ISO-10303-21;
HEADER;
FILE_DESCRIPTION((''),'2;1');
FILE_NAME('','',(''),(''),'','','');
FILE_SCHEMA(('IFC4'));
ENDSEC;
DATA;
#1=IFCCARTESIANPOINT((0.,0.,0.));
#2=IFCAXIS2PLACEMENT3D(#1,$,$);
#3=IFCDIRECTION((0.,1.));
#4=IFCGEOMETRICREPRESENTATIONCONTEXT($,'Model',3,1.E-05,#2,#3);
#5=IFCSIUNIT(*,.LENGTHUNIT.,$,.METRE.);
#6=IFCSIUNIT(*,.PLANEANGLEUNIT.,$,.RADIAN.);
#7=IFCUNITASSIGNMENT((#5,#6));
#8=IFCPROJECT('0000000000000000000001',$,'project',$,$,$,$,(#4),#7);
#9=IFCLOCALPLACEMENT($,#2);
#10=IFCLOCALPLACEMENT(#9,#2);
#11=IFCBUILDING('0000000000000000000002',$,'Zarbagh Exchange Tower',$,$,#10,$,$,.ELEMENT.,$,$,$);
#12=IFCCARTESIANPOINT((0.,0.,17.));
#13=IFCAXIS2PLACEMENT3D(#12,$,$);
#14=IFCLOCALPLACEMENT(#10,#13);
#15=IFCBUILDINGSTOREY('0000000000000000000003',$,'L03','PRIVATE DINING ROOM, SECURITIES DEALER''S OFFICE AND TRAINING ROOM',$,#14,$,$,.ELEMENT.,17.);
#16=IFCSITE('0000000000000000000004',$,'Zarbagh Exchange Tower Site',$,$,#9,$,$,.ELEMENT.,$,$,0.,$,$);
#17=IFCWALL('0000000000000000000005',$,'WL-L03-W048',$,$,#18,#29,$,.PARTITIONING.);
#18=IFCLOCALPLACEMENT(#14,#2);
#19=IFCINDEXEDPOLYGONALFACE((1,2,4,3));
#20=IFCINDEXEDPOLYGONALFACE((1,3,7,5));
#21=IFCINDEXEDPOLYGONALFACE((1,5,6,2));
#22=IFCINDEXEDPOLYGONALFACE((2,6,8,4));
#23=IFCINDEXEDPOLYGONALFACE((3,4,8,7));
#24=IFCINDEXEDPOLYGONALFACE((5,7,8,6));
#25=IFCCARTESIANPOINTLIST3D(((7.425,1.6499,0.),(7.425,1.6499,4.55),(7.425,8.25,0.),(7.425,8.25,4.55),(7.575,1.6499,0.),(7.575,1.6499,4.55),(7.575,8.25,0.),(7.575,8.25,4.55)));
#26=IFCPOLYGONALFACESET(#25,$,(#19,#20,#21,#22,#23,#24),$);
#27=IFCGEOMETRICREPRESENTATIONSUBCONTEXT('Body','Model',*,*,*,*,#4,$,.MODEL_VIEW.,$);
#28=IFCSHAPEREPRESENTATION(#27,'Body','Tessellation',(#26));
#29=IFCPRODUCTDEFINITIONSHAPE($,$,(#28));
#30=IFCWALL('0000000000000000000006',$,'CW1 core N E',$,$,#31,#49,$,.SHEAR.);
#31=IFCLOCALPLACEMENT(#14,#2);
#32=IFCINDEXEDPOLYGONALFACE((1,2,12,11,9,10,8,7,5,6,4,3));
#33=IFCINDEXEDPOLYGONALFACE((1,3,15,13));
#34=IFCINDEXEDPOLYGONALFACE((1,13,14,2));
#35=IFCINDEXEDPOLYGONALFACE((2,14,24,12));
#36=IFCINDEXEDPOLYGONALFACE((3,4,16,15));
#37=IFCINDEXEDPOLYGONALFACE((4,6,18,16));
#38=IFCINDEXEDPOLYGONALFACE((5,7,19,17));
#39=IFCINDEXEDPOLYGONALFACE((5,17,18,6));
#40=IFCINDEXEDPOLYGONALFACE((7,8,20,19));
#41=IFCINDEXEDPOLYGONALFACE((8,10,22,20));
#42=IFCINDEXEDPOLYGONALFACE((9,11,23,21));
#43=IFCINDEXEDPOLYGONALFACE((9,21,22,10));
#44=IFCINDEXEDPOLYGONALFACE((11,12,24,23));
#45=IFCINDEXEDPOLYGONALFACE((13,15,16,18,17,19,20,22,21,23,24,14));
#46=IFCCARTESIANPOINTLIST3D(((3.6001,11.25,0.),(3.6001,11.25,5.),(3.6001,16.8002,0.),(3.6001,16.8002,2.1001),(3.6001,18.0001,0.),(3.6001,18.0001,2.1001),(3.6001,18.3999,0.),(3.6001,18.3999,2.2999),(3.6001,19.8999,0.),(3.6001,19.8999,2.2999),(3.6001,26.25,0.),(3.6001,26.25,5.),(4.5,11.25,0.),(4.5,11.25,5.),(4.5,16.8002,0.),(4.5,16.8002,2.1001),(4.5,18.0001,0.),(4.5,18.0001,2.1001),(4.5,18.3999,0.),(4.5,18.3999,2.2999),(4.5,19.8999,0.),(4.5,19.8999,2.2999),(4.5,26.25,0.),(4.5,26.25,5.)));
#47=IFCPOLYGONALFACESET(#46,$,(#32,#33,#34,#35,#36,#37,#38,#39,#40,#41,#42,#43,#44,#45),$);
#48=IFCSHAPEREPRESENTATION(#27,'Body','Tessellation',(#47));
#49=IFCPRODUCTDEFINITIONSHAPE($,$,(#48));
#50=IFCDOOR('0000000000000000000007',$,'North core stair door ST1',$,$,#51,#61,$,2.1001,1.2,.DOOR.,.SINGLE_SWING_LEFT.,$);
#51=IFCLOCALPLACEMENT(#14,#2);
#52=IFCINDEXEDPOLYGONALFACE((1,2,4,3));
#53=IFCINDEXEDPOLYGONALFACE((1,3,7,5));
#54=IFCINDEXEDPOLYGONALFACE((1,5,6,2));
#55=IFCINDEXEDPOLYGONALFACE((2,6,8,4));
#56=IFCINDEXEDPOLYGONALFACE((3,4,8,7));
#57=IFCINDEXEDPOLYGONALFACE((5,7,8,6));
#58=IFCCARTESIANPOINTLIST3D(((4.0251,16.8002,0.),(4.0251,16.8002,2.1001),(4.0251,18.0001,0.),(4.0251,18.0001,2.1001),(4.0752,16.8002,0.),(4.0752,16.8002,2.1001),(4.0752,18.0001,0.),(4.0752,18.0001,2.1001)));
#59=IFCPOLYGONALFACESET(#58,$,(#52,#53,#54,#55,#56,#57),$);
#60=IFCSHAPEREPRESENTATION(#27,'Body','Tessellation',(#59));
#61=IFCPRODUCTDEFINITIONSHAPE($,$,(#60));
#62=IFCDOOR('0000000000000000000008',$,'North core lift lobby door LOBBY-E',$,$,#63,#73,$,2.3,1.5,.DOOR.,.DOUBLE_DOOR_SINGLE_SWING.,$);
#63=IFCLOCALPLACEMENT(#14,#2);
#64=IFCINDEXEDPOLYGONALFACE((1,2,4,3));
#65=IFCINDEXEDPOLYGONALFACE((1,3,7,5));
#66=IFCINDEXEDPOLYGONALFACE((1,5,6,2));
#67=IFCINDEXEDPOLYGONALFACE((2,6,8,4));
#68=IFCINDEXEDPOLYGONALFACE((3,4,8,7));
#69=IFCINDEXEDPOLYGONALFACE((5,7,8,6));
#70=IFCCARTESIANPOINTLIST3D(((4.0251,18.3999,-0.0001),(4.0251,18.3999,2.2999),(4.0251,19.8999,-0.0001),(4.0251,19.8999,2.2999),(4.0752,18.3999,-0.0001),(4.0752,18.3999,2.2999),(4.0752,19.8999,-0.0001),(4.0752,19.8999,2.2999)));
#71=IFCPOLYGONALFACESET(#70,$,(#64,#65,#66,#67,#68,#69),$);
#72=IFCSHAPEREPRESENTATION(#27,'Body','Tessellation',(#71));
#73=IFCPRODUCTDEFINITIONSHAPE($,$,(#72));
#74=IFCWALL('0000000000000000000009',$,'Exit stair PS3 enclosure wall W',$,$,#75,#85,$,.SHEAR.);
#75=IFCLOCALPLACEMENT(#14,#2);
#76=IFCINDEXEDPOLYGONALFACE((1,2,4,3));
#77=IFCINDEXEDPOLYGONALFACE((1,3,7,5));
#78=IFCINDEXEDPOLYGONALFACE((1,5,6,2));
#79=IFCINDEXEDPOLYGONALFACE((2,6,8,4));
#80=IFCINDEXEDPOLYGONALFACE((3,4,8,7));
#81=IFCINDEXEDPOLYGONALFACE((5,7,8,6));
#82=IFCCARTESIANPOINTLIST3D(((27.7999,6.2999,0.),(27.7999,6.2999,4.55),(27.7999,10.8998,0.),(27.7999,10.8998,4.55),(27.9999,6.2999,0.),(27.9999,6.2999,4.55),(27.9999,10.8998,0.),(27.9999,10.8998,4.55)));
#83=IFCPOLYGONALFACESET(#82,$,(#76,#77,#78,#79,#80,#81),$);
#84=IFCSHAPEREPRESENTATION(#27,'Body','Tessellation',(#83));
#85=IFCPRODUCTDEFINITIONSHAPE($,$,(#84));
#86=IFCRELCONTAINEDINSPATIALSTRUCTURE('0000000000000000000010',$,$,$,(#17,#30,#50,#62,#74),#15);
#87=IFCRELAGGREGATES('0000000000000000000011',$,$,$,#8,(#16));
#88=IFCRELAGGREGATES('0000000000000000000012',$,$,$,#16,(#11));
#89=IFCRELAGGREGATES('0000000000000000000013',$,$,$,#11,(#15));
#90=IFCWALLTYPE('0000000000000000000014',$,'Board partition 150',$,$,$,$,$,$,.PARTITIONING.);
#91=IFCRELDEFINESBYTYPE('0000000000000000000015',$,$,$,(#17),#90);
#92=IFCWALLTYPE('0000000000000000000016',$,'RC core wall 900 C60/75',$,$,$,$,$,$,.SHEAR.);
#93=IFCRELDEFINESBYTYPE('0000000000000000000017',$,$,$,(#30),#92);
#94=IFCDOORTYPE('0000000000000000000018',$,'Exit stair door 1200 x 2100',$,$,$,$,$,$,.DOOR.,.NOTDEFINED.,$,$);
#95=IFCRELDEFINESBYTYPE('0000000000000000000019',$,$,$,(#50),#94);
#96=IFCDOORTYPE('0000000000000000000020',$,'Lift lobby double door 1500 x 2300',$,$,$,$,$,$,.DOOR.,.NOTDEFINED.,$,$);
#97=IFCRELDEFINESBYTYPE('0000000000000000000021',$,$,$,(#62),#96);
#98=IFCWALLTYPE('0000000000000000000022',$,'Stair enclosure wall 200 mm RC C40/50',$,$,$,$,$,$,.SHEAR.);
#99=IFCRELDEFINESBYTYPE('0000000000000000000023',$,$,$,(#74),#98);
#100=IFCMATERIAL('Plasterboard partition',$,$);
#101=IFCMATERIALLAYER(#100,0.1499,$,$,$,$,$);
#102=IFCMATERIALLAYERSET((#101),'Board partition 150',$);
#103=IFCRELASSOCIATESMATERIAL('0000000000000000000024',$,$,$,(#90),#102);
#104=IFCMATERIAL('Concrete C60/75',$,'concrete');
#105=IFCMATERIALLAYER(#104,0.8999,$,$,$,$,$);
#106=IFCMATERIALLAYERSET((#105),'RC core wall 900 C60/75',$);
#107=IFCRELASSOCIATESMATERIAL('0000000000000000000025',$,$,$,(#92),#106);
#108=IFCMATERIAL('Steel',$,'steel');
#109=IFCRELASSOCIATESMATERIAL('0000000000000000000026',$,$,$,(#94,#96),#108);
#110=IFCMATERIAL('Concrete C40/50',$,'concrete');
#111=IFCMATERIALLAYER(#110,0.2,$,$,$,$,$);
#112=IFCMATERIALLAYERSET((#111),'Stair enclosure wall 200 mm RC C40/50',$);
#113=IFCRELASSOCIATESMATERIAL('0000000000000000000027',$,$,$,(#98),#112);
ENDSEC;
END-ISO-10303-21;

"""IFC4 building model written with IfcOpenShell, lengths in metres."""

from ifc_helpers import new_model, si_unit, direction, frame, frame_2d, origin, place, context, subcontext, project, spatial, rectangle, extrude, material, layer, layer_set, type_object, element, fill, save


model = new_model("IFC4")

# Units and contexts
model_context = context("Model", 3, precision=1e-05, world=origin(), true_north=direction((0.0, 1.0)))
body_context = subcontext(model_context, "Body", "Model", "MODEL_VIEW")
ifc_project = project(units=[si_unit("LENGTHUNIT", "METRE"), si_unit("PLANEANGLEUNIT", "RADIAN")], contexts=[model_context])

# Site, building, storey
site_placement = place(None, origin())
site = spatial("IfcSite", under=ifc_project, at=site_placement, Name="Zarbagh Exchange Tower Site", CompositionType="ELEMENT", RefElevation=0.0)
building_placement = place(site_placement, origin())
building = spatial("IfcBuilding", under=site, at=building_placement, Name="Zarbagh Exchange Tower", CompositionType="ELEMENT")
storey_placement = place(building_placement, frame((0.0, 0.0, 17.0)))
storey = spatial("IfcBuildingStorey", under=building, at=storey_placement, Name="L03", Description="PRIVATE DINING ROOM, SECURITIES DEALER'S OFFICE AND TRAINING ROOM", CompositionType="ELEMENT", Elevation=17.0)

# Shared definitions
ifc_material_1 = material(Name="Concrete C60/75", Category="concrete")

# Shared definitions
ifc_material_2 = material(Name="Plasterboard partition")
ifc_layer_1 = layer(ifc_material_2, 0.1499)
ifc_layer_set_1 = layer_set([ifc_layer_1], Name="Board partition 150")
wall_type_1 = type_object("IfcWallType", Name="Board partition 150", PredefinedType="PARTITIONING", material=ifc_layer_set_1)

# Wall
wall_1_placement = place(storey_placement, frame((7.5, 1.6499, 0.0), z_axis=(0.0, 0.0, 1.0), x_axis=(0.0, 1.0, 0.0)))
element("IfcWall", 1, at=wall_1_placement, inside=storey, type_object=wall_type_1, Name="WL-L03-W048", PredefinedType="PARTITIONING", context=body_context, shape_type="SweptSolid", body=[
    extrude(rectangle(XDim=6.6001, YDim=0.1499, at=frame_2d((3.3, 0.0))), origin(), (0.0, 0.0, 1.0), 4.55),
])

# Wall, openings, doors
ifc_layer_2 = layer(ifc_material_1, 0.8999)
ifc_layer_set_2 = layer_set([ifc_layer_2], Name="RC core wall 900 C60/75")
wall_type_2 = type_object("IfcWallType", Name="RC core wall 900 C60/75", PredefinedType="SHEAR", material=ifc_layer_set_2)
wall_2_placement = place(storey_placement, frame((4.05, 11.25, 0.0), z_axis=(0.0, 0.0, 1.0), x_axis=(0.0, 1.0, 0.0)))
wall_2 = element("IfcWall", 2, at=wall_2_placement, inside=storey, type_object=wall_type_2, Name="CW1 core N E", PredefinedType="SHEAR", context=body_context, shape_type="SweptSolid", body=[
    extrude(rectangle(XDim=15.0, YDim=0.8999, at=frame_2d((7.5, 0.0))), origin(), (0.0, 0.0, 1.0), 5.0),
])
opening_1_placement = place(wall_2_placement, frame((7.1499, 0.0, 0.0)))
opening_1 = element("IfcOpeningElement", 3, at=opening_1_placement, cuts=wall_2, PredefinedType="OPENING", context=body_context, shape_type="SweptSolid", body=[
    extrude(rectangle(XDim=1.5, YDim=2.3, at=frame_2d((0.75, 1.1499))), frame((0.0, 0.46, 0.0), z_axis=(0.0, -1.0, 0.0), x_axis=(1.0, 0.0, 0.0)), (0.0, 0.0, 1.0), 0.9199),
])
opening_2_placement = place(wall_2_placement, frame((5.55, 0.0, 0.0)))
opening_2 = element("IfcOpeningElement", 4, at=opening_2_placement, cuts=wall_2, PredefinedType="OPENING", context=body_context, shape_type="SweptSolid", body=[
    extrude(rectangle(XDim=1.2, YDim=2.1001, at=frame_2d((0.6001, 1.05))), frame((0.0, 0.46, 0.0), z_axis=(0.0, -1.0, 0.0), x_axis=(1.0, 0.0, 0.0)), (0.0, 0.0, 1.0), 0.9199),
])
ifc_material_3 = material(Name="Steel", Category="steel")
door_type_1 = type_object("IfcDoorType", Name="Exit stair door 1200 x 2100", OperationType="NOTDEFINED", PredefinedType="DOOR", material=ifc_material_3)
door_1_placement = place(opening_2_placement, origin())
door_1 = element("IfcDoor", 5, at=door_1_placement, inside=storey, type_object=door_type_1, Name="North core stair door ST1", OperationType="SINGLE_SWING_LEFT", OverallHeight=2.1001, OverallWidth=1.2, PredefinedType="DOOR", context=body_context, shape_type="SweptSolid", body=[
    extrude(rectangle(XDim=1.2, YDim=2.1001, at=frame_2d((0.6001, 1.05))), frame((0.0, 0.0249, 0.0), z_axis=(0.0, -1.0, 0.0), x_axis=(1.0, 0.0, 0.0)), (0.0, 0.0, 1.0), 0.05),
])
fill(opening_2, door_1)
door_type_2 = type_object("IfcDoorType", Name="Lift lobby double door 1500 x 2300", OperationType="NOTDEFINED", PredefinedType="DOOR", material=ifc_material_3)
door_2_placement = place(opening_1_placement, origin())
door_2 = element("IfcDoor", 6, at=door_2_placement, inside=storey, type_object=door_type_2, Name="North core lift lobby door LOBBY-E", OperationType="DOUBLE_DOOR_SINGLE_SWING", OverallHeight=2.3, OverallWidth=1.5, PredefinedType="DOOR", context=body_context, shape_type="SweptSolid", body=[
    extrude(rectangle(XDim=1.5, YDim=2.3, at=frame_2d((0.75, 1.1499))), frame((0.0, 0.0249, 0.0), z_axis=(0.0, -1.0, 0.0), x_axis=(1.0, 0.0, 0.0)), (0.0, 0.0, 1.0), 0.05),
])
fill(opening_1, door_2)

# Wall
ifc_material_4 = material(Name="Concrete C40/50", Category="concrete")
ifc_layer_3 = layer(ifc_material_4, 0.2)
ifc_layer_set_3 = layer_set([ifc_layer_3], Name="Stair enclosure wall 200 mm RC C40/50")
wall_type_3 = type_object("IfcWallType", Name="Stair enclosure wall 200 mm RC C40/50", PredefinedType="SHEAR", material=ifc_layer_set_3)
wall_3_placement = place(storey_placement, frame((27.8999, 6.3, 0.0), z_axis=(0.0, 0.0, 1.0), x_axis=(0.0, 1.0, 0.0)))
element("IfcWall", 7, at=wall_3_placement, inside=storey, type_object=wall_type_3, Name="Exit stair PS3 enclosure wall W", PredefinedType="SHEAR", context=body_context, shape_type="SweptSolid", body=[
    extrude(rectangle(XDim=4.5999, YDim=0.2, at=frame_2d((2.2998, 0.0))), origin(), (0.0, 0.0, 1.0), 4.55),
])

save(model, "model.ifc")
